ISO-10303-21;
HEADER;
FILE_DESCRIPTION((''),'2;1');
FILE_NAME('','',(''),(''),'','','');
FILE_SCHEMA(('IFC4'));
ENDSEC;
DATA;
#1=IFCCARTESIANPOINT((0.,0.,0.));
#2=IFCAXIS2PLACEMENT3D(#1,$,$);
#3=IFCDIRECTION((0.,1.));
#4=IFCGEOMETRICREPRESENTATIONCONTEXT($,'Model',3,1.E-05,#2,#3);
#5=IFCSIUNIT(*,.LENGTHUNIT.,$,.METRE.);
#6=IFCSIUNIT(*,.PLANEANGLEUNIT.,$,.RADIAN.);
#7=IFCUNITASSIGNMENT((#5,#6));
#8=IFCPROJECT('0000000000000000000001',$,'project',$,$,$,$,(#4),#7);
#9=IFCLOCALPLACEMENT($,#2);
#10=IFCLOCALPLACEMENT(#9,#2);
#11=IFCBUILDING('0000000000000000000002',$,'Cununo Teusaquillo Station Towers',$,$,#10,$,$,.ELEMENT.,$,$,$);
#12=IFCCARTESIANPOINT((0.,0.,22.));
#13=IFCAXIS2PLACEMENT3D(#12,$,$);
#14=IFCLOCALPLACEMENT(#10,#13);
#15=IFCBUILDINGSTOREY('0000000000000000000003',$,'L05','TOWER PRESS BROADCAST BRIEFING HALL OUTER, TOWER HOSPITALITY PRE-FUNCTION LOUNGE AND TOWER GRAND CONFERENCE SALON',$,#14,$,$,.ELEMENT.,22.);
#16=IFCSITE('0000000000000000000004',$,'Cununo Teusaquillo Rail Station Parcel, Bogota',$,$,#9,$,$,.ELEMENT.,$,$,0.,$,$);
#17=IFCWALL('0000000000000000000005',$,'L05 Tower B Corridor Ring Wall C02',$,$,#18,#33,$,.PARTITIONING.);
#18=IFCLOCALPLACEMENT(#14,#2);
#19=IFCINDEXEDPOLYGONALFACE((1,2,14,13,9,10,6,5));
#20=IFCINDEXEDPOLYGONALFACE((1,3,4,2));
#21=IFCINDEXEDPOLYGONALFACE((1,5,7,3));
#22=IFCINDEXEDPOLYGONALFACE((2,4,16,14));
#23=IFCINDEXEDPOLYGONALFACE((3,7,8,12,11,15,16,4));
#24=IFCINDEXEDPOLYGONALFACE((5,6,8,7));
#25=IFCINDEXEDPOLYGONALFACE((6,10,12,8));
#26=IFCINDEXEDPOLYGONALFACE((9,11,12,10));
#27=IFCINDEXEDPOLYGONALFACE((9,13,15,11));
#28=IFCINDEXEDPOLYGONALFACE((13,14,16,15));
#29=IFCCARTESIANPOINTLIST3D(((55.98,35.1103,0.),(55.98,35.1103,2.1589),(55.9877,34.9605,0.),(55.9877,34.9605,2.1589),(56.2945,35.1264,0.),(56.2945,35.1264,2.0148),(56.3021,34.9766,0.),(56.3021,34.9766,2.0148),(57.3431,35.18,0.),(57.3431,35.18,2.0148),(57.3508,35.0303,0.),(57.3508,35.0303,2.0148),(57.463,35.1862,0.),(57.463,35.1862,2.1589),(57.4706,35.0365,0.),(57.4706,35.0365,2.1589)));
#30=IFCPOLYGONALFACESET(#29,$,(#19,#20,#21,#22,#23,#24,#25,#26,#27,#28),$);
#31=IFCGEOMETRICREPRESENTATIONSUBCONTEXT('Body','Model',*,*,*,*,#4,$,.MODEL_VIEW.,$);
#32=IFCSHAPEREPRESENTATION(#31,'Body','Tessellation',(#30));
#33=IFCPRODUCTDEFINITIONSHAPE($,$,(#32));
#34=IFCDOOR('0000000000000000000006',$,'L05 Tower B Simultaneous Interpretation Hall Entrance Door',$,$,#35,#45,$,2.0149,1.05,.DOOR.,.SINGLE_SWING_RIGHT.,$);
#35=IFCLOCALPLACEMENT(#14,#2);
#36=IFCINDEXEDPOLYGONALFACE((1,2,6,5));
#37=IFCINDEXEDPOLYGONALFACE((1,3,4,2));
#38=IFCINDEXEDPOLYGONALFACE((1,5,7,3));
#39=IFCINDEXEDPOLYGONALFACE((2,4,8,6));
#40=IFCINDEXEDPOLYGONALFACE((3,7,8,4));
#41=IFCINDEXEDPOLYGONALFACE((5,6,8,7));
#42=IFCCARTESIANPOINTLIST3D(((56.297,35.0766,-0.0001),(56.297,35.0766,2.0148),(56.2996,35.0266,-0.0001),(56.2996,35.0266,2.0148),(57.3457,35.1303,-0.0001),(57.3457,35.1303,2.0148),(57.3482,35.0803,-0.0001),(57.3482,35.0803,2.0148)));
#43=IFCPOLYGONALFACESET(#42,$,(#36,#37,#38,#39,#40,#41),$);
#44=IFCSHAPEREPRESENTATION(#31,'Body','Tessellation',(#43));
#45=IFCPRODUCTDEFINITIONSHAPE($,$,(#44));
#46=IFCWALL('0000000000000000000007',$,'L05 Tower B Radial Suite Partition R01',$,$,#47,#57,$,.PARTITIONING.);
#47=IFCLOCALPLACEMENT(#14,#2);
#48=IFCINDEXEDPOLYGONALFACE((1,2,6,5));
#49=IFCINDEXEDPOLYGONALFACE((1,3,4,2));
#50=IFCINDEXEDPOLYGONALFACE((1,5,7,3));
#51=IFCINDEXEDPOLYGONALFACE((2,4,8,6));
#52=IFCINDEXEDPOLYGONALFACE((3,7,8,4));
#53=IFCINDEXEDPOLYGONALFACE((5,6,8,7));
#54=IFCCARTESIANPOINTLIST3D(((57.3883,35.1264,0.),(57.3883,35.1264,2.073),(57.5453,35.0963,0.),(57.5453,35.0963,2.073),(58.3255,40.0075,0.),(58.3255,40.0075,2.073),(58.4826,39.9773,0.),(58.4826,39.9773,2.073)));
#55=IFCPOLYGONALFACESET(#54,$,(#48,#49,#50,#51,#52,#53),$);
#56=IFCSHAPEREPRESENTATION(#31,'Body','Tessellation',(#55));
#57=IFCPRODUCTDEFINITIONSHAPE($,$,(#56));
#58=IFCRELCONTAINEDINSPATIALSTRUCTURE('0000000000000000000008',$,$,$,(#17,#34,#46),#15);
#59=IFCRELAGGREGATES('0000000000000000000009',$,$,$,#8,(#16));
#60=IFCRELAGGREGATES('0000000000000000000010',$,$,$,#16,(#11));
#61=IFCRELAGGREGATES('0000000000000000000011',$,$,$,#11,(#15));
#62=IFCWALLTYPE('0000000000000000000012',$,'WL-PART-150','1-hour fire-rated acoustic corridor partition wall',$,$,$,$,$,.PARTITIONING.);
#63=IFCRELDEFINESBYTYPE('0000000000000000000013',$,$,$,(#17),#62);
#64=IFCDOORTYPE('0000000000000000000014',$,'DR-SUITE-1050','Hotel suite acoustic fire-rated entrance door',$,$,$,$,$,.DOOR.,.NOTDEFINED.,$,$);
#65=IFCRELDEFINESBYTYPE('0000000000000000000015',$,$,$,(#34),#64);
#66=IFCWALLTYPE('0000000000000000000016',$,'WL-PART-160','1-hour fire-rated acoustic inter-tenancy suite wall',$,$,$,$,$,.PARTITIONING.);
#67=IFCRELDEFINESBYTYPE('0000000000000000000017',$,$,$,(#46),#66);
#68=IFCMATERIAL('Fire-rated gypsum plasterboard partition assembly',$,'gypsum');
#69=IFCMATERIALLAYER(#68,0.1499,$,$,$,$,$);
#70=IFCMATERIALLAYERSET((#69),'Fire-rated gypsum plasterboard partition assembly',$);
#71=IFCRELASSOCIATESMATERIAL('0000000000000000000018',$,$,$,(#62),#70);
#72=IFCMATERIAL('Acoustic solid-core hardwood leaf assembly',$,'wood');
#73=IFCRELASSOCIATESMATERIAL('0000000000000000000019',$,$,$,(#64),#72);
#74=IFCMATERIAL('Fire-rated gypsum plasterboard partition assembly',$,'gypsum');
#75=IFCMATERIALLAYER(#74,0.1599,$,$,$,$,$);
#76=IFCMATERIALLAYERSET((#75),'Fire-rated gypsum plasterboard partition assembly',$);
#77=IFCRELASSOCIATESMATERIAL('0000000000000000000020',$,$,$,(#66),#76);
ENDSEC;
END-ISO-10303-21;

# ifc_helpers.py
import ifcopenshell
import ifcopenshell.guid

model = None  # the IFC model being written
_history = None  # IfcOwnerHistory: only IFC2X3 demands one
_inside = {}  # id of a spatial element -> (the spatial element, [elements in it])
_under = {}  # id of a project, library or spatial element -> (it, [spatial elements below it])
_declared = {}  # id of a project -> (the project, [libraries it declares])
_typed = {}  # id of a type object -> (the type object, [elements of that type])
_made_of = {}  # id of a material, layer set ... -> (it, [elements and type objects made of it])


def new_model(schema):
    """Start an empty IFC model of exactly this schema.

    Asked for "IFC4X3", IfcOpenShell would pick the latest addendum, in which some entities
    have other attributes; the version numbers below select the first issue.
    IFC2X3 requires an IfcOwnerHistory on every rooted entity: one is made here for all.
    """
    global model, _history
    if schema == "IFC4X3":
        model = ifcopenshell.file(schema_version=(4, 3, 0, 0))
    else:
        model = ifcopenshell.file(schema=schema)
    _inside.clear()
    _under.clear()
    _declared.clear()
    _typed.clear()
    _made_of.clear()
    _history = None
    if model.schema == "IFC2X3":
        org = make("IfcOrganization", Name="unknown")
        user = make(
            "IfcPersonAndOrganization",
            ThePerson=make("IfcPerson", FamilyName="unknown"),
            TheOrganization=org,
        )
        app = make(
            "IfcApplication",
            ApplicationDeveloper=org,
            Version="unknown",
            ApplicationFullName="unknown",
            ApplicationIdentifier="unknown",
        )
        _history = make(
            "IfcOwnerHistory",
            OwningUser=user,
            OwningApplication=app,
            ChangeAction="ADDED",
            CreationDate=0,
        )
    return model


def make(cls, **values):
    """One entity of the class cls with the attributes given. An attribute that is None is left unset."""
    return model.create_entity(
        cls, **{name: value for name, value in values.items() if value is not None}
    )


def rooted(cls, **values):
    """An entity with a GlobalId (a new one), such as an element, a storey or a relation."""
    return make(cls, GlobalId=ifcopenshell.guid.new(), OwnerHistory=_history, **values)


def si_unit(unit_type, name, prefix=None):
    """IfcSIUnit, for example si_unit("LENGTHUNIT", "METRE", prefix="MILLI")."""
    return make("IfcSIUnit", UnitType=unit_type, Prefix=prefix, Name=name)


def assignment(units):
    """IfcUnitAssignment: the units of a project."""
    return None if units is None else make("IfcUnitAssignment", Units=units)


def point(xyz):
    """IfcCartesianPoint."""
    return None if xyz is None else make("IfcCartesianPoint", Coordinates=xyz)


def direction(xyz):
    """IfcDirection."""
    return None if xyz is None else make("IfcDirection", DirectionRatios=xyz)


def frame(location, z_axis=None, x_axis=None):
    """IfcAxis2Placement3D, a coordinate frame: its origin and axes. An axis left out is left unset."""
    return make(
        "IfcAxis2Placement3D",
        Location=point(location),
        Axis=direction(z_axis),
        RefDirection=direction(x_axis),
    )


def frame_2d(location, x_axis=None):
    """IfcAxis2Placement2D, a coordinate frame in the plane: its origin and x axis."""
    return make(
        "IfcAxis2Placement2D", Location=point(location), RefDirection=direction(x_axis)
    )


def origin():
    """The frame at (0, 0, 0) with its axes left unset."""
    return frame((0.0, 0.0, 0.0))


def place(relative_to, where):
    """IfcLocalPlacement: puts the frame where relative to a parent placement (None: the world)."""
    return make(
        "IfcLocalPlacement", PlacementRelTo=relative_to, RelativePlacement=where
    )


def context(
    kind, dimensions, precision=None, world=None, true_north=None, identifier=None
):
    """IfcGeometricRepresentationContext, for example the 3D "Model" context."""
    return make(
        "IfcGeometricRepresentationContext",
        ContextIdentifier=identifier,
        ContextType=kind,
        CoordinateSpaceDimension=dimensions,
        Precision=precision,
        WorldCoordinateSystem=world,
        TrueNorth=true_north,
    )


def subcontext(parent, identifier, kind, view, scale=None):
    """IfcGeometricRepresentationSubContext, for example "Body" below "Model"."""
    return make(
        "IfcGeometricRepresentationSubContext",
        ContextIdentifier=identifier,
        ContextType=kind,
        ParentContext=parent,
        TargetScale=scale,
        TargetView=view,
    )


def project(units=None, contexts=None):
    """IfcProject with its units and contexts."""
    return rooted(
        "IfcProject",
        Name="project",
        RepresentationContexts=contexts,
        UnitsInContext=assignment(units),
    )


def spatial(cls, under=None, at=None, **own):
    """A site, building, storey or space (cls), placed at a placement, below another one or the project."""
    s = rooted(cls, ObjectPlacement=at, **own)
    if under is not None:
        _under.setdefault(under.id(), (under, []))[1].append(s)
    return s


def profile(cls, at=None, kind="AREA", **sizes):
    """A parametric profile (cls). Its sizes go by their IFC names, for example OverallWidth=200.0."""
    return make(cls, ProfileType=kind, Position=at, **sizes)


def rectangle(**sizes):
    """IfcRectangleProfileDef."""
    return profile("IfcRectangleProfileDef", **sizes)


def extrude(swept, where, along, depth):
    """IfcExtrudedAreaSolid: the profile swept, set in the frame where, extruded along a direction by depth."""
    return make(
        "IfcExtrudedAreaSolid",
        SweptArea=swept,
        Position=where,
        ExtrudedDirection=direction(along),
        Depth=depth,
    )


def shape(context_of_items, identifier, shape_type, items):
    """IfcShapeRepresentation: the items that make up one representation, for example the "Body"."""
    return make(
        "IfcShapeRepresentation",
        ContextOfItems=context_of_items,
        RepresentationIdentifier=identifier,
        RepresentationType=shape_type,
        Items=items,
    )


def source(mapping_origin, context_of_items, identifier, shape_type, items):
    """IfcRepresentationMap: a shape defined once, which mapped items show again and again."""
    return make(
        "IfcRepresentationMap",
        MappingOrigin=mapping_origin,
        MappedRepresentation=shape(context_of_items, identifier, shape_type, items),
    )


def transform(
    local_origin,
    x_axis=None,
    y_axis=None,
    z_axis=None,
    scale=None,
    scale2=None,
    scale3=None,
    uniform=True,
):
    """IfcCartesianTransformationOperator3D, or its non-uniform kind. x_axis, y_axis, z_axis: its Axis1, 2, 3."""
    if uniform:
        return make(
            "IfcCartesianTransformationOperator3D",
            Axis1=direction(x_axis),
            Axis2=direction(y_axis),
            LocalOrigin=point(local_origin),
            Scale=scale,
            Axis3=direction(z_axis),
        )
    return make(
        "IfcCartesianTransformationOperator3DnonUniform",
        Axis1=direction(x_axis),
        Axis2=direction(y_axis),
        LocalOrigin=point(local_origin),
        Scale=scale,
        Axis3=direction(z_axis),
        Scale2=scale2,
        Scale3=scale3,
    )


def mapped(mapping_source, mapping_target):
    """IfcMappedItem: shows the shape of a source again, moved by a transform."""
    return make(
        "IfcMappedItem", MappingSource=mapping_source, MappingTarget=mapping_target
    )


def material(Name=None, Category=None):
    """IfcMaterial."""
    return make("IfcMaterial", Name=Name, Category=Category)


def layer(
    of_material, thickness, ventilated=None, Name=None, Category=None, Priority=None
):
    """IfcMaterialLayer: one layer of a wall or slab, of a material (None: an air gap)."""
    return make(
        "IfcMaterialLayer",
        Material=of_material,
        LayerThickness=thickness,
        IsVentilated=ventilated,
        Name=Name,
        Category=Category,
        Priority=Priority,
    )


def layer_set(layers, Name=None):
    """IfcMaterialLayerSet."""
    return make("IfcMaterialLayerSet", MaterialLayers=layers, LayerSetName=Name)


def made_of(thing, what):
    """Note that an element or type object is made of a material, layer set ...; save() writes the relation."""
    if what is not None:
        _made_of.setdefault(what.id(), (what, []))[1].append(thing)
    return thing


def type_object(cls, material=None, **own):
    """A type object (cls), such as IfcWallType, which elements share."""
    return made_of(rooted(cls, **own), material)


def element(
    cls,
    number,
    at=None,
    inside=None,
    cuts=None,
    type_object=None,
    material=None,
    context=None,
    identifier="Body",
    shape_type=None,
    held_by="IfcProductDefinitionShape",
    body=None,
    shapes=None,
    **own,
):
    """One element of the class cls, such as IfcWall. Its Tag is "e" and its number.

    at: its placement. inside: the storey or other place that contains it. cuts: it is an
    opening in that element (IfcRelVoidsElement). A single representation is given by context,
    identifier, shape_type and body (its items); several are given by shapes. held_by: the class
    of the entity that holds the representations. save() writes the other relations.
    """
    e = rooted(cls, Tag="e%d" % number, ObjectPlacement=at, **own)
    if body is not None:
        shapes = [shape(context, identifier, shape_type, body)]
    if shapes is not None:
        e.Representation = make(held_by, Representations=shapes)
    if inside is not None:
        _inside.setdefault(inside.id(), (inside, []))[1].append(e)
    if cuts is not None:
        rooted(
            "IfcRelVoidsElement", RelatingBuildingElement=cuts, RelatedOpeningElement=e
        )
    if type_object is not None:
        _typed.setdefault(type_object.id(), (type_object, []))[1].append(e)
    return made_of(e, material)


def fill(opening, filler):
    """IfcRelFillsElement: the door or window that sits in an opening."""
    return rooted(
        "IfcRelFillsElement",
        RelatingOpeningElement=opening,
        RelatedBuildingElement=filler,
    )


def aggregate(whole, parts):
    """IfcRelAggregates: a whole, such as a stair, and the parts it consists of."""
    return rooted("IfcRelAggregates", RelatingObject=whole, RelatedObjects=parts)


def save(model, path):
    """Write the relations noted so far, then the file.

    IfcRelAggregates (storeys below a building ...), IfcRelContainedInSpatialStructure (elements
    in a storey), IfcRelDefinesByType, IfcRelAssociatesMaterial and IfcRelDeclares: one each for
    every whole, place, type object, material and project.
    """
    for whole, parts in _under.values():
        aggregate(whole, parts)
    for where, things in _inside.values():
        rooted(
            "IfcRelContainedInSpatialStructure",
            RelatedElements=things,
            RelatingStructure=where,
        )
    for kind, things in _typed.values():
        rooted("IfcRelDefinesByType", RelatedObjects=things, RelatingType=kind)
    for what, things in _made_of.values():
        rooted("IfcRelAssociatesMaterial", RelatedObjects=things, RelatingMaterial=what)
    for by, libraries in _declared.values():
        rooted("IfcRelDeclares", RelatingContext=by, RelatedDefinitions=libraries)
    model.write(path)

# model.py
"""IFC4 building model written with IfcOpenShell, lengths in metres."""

from ifc_helpers import new_model, si_unit, direction, frame, frame_2d, origin, place, context, subcontext, project, spatial, rectangle, extrude, source, transform, mapped, material, layer, layer_set, type_object, element, fill, save


model = new_model("IFC4")

# Units and contexts
model_context = context("Model", 3, precision=1e-05, world=origin(), true_north=direction((0.0, 1.0)))
body_context = subcontext(model_context, "Body", "Model", "MODEL_VIEW")
ifc_project = project(units=[si_unit("LENGTHUNIT", "METRE"), si_unit("PLANEANGLEUNIT", "RADIAN")], contexts=[model_context])

# Site, building, storey
site_placement = place(None, origin())
site = spatial("IfcSite", under=ifc_project, at=site_placement, Name="Cununo Teusaquillo Rail Station Parcel, Bogota", CompositionType="ELEMENT", RefElevation=0.0)
building_placement = place(site_placement, origin())
building = spatial("IfcBuilding", under=site, at=building_placement, Name="Cununo Teusaquillo Station Towers", CompositionType="ELEMENT")
storey_placement = place(building_placement, frame((0.0, 0.0, 22.0)))
storey = spatial("IfcBuildingStorey", under=building, at=storey_placement, Name="L05", Description="TOWER PRESS BROADCAST BRIEFING HALL OUTER, TOWER HOSPITALITY PRE-FUNCTION LOUNGE AND TOWER GRAND CONFERENCE SALON", CompositionType="ELEMENT", Elevation=22.0)

# Shared definitions
ifc_material_1 = material(Name="Fire-rated gypsum plasterboard partition assembly", Category="gypsum")
ifc_layer_1 = layer(ifc_material_1, 0.1499)
ifc_layer_set_1 = layer_set([ifc_layer_1], Name="Fire-rated gypsum plasterboard partition assembly")
wall_type_1 = type_object("IfcWallType", Name="WL-PART-150", Description="1-hour fire-rated acoustic corridor partition wall", PredefinedType="PARTITIONING", material=ifc_layer_set_1)

# Wall, opening, door
wall_1_placement = place(storey_placement, frame((57.4668, 35.1113, 0.0), z_axis=(0.0, 0.0, 1.0), x_axis=(-0.998692, -0.051135, 0.0)))
wall_1 = element("IfcWall", 1, at=wall_1_placement, inside=storey, type_object=wall_type_1, Name="L05 Tower B Corridor Ring Wall C02", PredefinedType="PARTITIONING", context=body_context, shape_type="SweptSolid", body=[
    extrude(rectangle(XDim=1.4849, YDim=0.1499, at=frame_2d((0.7424, 0.0))), origin(), (0.0, 0.0, 1.0), 2.1589),
])
shared_shape_1 = source(origin(), body_context, "Body", "SweptSolid", [
    extrude(rectangle(XDim=1.05, YDim=2.0149, at=frame_2d((0.5249, 1.0073))), frame((0.0, 0.085, 0.0), z_axis=(0.0, -1.0, 0.0), x_axis=(1.0, 0.0, 0.0)), (0.0, 0.0, 1.0), 0.1699),
])
opening_1_placement = place(wall_1_placement, frame((0.1201, 0.0, 0.0)))
opening_1 = element("IfcOpeningElement", 2, at=opening_1_placement, cuts=wall_1, PredefinedType="OPENING", context=body_context, shape_type="MappedRepresentation", body=[
    mapped(shared_shape_1, transform((0.0, 0.0, 0.0), x_axis=(1.0, 0.0, 0.0), y_axis=(0.0, 1.0, 0.0), z_axis=(0.0, 0.0, 1.0), scale=1.0)),
])
ifc_material_2 = material(Name="Acoustic solid-core hardwood leaf assembly", Category="wood")
door_type = type_object("IfcDoorType", Name="DR-SUITE-1050", Description="Hotel suite acoustic fire-rated entrance door", OperationType="NOTDEFINED", PredefinedType="DOOR", material=ifc_material_2)
shared_shape_2 = source(origin(), body_context, "Body", "SweptSolid", [
    extrude(rectangle(XDim=1.05, YDim=2.0149, at=frame_2d((0.5249, 1.0073))), frame((0.0, 0.0249, 0.0), z_axis=(0.0, -1.0, 0.0), x_axis=(1.0, 0.0, 0.0)), (0.0, 0.0, 1.0), 0.05),
])
door_placement = place(opening_1_placement, origin())
door = element("IfcDoor", 3, at=door_placement, inside=storey, type_object=door_type, Name="L05 Tower B Simultaneous Interpretation Hall Entrance Door", OperationType="SINGLE_SWING_RIGHT", OverallHeight=2.0149, OverallWidth=1.05, PredefinedType="DOOR", context=body_context, shape_type="MappedRepresentation", body=[
    mapped(shared_shape_2, transform((0.0, 0.0, 0.0), x_axis=(1.0, 0.0, 0.0), y_axis=(0.0, 1.0, 0.0), z_axis=(0.0, 0.0, 1.0), scale=1.0)),
])
fill(opening_1, door)

# Wall
ifc_material_3 = material(Name="Fire-rated gypsum plasterboard partition assembly", Category="gypsum")
ifc_layer_2 = layer(ifc_material_3, 0.1599)
ifc_layer_set_2 = layer_set([ifc_layer_2], Name="Fire-rated gypsum plasterboard partition assembly")
wall_type_2 = type_object("IfcWallType", Name="WL-PART-160", Description="1-hour fire-rated acoustic inter-tenancy suite wall", PredefinedType="PARTITIONING", material=ifc_layer_set_2)
wall_2_placement = place(storey_placement, frame((57.4668, 35.1113, 0.0), z_axis=(0.0, 0.0, 1.0), x_axis=(0.188572, 0.982059, 0.0)))
element("IfcWall", 4, at=wall_2_placement, inside=storey, type_object=wall_type_2, Name="L05 Tower B Radial Suite Partition R01", PredefinedType="PARTITIONING", context=body_context, shape_type="SweptSolid", body=[
    extrude(rectangle(XDim=4.9702, YDim=0.1599, at=frame_2d((2.4851, 0.0))), origin(), (0.0, 0.0, 1.0), 2.073),
])

save(model, "model.ifc")
